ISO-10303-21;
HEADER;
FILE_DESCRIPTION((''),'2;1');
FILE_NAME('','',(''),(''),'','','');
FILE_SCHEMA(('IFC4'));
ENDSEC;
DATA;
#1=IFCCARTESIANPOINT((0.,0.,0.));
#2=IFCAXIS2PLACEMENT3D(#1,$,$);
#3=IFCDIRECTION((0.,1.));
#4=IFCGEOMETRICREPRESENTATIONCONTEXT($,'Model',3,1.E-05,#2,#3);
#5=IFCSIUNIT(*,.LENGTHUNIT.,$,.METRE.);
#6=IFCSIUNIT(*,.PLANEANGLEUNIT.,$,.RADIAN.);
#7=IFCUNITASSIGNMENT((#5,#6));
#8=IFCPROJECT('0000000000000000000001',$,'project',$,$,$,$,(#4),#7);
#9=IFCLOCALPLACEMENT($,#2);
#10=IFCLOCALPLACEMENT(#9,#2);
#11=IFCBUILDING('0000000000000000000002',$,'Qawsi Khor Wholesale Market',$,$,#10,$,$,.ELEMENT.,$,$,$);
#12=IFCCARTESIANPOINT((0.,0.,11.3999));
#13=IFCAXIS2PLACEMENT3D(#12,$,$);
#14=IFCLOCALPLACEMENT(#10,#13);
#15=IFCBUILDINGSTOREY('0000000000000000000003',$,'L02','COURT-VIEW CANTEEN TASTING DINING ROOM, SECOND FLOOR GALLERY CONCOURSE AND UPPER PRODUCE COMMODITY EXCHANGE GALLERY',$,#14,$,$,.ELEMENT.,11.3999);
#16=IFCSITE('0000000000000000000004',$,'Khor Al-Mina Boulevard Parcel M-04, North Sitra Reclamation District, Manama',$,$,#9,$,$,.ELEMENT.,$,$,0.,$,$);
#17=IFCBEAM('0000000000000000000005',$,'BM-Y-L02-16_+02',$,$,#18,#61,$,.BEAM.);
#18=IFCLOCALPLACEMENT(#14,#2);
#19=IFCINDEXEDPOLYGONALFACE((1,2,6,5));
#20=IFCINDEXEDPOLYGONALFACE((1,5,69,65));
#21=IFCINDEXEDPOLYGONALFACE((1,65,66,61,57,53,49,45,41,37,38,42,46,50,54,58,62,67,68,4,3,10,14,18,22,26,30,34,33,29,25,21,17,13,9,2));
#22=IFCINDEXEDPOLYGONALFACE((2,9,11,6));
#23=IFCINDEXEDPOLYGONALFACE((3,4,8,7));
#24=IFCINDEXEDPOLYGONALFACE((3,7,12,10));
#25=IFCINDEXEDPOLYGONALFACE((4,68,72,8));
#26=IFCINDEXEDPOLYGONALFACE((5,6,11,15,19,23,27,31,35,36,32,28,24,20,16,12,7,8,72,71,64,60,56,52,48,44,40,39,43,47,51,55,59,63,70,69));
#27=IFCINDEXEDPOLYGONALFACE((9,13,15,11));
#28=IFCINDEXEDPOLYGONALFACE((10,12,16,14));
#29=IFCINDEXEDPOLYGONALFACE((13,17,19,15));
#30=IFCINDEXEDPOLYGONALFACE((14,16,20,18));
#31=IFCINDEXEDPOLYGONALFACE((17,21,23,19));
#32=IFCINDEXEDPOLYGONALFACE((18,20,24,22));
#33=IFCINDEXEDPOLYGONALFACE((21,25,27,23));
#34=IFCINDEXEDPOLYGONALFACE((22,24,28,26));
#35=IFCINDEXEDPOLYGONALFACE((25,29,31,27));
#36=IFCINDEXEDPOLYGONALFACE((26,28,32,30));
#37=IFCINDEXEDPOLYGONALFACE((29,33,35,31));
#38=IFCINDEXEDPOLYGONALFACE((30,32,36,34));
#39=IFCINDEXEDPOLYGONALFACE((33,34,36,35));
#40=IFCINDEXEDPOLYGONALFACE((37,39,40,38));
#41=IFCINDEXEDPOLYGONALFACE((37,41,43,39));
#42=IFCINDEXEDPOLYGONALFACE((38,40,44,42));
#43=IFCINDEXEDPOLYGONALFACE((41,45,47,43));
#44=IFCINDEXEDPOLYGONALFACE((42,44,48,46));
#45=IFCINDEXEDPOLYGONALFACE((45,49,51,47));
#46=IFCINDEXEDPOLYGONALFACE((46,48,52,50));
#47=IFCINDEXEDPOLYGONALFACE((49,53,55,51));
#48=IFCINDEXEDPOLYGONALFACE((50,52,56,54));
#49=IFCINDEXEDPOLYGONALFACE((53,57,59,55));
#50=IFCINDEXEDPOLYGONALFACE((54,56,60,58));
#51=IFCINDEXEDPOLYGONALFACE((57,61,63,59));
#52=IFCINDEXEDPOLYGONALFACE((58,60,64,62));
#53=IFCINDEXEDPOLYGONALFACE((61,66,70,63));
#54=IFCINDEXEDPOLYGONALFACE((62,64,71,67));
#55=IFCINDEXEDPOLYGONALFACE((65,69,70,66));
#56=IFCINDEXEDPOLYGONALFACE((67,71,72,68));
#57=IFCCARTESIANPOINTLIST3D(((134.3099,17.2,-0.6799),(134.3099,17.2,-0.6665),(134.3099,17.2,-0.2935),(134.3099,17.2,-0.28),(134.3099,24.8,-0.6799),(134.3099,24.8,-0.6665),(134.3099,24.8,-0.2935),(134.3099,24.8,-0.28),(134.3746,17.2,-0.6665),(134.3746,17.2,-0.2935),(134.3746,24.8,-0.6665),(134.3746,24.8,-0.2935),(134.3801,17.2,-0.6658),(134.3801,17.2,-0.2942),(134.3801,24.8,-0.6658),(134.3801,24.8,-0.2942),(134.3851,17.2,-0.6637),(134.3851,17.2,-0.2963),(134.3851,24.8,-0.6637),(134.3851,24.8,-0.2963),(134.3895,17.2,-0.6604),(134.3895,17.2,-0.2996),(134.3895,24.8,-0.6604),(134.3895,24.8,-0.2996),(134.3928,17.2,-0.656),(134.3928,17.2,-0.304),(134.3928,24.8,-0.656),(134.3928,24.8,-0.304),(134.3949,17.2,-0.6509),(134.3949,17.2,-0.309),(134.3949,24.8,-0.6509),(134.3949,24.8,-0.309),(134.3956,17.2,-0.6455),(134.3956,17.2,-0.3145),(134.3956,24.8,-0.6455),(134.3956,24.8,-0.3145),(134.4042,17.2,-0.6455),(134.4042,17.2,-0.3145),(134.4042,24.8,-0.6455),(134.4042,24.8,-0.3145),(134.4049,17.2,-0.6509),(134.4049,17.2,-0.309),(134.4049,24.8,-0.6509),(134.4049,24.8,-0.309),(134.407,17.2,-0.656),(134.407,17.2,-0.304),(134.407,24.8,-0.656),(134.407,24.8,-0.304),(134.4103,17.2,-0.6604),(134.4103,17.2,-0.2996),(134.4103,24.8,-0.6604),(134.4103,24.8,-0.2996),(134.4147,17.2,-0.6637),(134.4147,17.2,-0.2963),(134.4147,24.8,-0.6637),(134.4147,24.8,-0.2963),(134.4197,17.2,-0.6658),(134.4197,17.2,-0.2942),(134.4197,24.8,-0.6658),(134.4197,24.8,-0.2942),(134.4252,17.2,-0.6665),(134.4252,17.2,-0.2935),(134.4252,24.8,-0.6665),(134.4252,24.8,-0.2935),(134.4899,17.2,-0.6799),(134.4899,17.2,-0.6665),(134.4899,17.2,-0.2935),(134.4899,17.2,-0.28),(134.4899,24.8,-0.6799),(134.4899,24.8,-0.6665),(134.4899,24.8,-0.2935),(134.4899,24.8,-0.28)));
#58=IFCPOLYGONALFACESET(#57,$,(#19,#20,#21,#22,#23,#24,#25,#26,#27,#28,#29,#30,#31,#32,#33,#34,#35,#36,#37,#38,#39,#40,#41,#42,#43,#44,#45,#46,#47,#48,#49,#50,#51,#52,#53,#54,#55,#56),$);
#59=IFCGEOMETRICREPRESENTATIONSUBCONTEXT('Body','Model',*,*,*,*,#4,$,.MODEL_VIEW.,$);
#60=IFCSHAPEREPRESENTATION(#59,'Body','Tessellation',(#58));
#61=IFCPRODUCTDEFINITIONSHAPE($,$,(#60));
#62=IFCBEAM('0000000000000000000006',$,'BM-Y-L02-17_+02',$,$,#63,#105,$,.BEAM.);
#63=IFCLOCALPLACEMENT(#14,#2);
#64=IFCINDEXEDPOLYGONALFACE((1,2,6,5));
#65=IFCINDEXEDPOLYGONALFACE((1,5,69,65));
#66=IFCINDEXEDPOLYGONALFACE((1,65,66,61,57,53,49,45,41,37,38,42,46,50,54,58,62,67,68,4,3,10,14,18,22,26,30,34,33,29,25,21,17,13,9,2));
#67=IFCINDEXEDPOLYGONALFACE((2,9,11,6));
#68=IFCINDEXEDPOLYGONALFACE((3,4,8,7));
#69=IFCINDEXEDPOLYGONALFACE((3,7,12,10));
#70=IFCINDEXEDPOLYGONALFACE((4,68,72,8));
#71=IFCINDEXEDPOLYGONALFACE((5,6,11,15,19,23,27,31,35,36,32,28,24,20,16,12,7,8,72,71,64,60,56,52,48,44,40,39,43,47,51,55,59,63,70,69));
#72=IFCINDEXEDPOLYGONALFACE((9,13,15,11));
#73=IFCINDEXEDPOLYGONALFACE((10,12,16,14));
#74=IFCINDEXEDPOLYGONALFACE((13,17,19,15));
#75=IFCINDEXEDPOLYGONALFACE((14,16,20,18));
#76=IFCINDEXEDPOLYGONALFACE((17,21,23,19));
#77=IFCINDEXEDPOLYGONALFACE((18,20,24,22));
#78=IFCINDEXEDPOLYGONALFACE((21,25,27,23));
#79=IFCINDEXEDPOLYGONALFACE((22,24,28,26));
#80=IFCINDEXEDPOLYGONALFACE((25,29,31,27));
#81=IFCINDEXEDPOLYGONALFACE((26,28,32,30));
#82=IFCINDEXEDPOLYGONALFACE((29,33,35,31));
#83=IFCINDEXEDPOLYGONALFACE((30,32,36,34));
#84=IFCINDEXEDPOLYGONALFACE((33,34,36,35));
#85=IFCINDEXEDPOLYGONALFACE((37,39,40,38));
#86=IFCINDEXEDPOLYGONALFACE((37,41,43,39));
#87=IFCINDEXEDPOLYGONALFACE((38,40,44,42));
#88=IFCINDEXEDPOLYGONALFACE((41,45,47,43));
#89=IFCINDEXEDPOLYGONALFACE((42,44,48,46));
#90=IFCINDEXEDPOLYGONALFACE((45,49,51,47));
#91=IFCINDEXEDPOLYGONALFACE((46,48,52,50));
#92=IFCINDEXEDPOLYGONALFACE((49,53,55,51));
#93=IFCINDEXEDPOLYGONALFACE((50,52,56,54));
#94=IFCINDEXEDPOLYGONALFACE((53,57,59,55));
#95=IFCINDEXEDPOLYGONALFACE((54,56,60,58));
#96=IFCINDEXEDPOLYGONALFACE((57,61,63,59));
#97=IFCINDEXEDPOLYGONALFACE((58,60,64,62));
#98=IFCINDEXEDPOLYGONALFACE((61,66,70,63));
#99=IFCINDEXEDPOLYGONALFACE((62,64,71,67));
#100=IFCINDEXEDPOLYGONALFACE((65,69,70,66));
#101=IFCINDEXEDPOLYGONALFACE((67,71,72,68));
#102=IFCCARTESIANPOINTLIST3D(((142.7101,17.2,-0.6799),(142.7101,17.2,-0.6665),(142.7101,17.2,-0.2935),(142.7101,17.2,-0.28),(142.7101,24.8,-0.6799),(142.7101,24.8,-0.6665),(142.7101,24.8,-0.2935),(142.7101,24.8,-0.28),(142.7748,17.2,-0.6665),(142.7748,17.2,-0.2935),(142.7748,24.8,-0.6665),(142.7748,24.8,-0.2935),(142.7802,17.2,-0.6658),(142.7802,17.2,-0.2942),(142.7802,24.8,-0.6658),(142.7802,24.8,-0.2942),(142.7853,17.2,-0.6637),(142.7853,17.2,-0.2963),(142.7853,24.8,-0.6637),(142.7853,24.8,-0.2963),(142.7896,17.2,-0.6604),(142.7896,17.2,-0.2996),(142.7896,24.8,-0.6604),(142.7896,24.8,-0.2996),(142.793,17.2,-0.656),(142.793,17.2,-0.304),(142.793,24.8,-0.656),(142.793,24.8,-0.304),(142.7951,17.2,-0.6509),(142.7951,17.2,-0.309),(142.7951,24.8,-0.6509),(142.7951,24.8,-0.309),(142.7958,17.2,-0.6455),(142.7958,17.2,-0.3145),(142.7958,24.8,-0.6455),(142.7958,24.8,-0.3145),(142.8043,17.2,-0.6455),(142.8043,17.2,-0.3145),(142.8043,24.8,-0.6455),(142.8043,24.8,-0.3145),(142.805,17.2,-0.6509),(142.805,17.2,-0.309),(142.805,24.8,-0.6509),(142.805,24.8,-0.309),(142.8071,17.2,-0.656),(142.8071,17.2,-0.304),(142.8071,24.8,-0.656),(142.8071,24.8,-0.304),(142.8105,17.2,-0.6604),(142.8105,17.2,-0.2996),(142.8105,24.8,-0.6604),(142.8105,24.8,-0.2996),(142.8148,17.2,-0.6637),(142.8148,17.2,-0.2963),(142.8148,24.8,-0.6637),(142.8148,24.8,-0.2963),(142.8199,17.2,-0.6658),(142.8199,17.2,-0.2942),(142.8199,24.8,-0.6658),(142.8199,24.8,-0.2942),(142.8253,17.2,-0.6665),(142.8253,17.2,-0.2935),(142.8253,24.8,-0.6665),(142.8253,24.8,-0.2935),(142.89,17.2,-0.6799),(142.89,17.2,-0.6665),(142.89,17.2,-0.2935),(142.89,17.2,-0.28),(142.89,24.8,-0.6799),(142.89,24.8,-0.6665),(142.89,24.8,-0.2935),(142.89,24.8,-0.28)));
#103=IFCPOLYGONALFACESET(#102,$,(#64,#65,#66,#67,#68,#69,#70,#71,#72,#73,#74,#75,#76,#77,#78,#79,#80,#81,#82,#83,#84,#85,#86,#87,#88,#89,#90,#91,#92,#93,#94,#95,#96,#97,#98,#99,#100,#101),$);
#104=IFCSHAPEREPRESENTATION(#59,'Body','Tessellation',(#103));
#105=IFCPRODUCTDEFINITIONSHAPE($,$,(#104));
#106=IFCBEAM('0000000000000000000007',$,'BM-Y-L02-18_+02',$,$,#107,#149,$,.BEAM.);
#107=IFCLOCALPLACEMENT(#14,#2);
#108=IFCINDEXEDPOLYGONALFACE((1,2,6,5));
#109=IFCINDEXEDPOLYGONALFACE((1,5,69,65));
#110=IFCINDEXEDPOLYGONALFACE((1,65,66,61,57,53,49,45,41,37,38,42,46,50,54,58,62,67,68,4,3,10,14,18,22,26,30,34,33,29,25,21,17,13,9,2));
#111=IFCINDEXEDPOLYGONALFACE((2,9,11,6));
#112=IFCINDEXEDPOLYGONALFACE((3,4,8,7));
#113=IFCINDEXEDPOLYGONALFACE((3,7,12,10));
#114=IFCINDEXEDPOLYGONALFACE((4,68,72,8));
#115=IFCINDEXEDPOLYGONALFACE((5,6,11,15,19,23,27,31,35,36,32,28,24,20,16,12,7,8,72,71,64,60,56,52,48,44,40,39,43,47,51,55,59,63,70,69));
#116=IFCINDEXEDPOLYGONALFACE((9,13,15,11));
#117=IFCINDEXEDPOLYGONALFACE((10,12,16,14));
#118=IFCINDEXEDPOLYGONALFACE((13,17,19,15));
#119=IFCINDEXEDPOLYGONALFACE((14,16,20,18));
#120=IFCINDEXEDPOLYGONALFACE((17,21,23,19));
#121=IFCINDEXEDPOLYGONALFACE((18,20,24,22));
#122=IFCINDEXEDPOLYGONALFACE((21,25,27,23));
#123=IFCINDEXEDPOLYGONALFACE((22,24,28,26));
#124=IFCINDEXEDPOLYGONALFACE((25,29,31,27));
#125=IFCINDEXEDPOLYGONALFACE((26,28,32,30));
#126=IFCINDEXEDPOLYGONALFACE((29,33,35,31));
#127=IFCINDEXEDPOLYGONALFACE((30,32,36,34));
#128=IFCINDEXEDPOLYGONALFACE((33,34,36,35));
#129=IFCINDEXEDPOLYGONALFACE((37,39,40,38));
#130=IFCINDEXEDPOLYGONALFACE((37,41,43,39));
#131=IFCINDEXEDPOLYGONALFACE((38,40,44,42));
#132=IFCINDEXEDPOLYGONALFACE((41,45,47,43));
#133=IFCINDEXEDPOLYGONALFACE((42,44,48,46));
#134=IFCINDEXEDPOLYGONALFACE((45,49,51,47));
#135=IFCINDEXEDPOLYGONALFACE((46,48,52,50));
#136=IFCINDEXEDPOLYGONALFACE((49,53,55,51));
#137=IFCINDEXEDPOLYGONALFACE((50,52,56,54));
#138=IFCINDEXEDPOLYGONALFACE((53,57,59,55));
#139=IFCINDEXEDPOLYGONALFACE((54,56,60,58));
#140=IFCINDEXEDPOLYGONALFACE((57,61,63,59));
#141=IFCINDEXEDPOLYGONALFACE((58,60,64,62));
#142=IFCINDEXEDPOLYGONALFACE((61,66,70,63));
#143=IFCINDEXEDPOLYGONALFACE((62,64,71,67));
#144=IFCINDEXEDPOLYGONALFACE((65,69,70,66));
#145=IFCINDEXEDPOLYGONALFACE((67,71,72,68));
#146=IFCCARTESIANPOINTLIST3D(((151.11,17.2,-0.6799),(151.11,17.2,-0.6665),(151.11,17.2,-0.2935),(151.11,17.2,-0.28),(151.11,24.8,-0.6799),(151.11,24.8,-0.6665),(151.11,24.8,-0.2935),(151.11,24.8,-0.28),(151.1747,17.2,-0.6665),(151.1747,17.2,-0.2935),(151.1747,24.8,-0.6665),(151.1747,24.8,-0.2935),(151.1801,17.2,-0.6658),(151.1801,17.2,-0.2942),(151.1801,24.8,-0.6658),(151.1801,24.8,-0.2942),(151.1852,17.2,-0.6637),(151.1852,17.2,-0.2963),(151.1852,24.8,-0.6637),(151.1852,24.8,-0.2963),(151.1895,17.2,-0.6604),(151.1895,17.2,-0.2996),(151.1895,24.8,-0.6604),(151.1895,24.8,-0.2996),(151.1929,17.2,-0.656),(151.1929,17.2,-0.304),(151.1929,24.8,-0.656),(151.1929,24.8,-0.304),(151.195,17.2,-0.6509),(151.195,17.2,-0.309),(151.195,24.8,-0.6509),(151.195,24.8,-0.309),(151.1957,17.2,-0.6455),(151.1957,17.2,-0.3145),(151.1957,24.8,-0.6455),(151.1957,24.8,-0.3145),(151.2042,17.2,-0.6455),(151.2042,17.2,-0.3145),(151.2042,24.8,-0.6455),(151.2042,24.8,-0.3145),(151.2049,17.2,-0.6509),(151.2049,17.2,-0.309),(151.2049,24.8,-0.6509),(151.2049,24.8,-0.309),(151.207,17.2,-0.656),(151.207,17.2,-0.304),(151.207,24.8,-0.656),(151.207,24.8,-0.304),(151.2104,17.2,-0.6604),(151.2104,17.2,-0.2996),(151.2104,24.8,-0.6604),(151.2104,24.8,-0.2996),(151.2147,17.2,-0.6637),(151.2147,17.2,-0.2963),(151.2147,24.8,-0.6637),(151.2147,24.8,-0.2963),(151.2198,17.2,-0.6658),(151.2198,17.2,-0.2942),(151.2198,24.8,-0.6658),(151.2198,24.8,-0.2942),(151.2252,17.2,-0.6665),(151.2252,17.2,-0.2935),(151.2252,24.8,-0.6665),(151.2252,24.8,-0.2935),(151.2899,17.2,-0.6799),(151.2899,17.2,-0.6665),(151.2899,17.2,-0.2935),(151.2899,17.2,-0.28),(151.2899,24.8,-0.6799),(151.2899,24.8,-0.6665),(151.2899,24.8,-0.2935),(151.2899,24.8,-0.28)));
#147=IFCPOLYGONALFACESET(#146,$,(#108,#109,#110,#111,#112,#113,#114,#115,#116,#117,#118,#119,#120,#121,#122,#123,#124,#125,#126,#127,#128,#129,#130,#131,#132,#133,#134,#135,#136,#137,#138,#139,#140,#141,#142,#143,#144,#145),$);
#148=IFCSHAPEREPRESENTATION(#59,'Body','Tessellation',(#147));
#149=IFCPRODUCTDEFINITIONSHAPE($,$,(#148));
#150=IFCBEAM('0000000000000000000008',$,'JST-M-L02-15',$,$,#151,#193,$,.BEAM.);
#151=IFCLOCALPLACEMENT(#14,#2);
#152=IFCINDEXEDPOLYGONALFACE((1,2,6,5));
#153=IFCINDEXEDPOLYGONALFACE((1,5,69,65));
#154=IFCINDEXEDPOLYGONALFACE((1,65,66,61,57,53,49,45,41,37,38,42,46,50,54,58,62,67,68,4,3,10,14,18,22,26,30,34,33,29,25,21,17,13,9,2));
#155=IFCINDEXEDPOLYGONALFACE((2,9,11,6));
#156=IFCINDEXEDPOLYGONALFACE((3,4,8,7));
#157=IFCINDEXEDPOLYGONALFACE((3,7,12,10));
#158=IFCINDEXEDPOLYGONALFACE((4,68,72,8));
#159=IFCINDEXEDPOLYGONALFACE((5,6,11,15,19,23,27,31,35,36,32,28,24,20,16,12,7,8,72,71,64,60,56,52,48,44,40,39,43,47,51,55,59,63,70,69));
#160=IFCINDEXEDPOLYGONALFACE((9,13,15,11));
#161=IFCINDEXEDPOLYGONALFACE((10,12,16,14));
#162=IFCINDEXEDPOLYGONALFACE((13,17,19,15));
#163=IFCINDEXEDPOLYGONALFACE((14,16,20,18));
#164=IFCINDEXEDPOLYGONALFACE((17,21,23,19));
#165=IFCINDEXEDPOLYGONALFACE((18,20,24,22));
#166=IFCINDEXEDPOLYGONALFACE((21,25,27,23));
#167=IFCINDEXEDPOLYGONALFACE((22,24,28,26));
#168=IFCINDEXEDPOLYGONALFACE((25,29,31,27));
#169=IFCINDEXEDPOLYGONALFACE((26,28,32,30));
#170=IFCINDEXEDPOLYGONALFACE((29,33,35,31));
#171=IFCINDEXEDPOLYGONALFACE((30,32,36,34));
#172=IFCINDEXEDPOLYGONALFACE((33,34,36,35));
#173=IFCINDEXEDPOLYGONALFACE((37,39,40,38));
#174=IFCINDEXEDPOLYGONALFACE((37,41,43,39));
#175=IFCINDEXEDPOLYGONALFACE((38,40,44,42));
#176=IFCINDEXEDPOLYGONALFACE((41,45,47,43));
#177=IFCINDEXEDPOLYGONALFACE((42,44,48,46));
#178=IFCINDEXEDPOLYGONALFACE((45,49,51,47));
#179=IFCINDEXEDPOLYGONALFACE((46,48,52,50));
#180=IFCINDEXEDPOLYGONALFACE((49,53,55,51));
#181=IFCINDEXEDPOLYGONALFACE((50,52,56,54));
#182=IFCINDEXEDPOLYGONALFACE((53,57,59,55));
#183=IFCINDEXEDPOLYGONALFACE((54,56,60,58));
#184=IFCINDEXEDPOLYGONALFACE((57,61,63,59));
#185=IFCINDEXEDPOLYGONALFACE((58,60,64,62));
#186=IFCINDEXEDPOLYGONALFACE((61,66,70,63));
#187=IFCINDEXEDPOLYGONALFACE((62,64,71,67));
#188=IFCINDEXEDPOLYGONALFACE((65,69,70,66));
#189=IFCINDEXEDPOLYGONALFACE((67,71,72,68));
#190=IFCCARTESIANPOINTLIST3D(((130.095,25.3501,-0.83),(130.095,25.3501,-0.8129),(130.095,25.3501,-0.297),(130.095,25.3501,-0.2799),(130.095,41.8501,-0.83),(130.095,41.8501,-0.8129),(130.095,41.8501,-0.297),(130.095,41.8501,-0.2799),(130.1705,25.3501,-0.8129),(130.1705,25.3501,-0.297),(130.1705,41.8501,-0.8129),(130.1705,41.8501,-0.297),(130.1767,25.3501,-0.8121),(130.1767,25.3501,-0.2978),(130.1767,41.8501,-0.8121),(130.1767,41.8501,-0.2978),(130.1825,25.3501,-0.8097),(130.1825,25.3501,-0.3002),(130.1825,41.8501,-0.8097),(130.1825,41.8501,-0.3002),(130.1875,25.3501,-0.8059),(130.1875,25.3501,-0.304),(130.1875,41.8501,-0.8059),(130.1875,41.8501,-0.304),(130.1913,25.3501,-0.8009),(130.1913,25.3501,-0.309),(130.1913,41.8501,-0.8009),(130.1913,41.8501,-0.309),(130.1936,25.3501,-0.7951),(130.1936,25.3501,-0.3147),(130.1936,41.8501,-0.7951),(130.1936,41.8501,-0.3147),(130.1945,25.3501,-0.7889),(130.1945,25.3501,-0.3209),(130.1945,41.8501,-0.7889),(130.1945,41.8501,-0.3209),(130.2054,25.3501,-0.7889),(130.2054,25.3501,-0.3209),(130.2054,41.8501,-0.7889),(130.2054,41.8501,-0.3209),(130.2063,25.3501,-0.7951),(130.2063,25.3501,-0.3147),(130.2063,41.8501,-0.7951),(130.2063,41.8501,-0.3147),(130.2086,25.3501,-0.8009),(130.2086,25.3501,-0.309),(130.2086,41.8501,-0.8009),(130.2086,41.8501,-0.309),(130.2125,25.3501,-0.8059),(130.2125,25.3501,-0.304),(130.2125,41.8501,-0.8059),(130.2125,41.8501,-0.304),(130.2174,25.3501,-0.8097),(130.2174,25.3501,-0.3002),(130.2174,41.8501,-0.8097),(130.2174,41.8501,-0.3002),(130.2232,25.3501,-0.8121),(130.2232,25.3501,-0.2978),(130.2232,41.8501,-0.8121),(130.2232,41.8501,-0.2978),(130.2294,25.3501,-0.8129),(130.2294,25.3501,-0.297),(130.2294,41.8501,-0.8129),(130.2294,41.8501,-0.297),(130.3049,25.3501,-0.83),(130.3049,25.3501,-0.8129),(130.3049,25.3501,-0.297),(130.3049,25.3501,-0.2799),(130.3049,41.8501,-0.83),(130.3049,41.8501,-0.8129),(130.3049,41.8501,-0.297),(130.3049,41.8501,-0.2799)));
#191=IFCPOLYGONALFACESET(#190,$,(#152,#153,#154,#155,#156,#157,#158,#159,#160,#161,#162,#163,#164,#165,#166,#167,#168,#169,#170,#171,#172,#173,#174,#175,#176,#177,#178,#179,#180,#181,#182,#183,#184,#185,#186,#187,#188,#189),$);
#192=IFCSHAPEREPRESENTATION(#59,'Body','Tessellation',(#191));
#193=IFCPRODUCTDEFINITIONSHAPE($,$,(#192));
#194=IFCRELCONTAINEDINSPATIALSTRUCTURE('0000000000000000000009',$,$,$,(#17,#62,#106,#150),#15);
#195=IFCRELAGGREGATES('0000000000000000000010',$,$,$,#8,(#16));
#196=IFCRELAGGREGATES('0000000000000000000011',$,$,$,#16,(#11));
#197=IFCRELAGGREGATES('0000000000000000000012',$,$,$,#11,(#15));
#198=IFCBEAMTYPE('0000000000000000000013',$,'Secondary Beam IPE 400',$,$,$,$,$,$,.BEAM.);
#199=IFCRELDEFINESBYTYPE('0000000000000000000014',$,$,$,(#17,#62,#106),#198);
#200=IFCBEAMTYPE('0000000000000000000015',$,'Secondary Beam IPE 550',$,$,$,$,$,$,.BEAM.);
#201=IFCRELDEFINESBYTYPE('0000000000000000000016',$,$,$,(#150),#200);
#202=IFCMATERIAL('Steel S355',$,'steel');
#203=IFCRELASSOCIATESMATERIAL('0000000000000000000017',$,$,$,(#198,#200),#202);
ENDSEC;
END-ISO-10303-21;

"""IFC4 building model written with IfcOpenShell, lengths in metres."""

from ifc_helpers import new_model, si_unit, direction, frame, origin, origin_2d, place, context, subcontext, project, spatial, i_section, extrude, material, material_profile, profile_set, type_object, element, save


model = new_model("IFC4")

# Units and contexts
model_context = context("Model", 3, precision=1e-05, world=origin(), true_north=direction((0.0, 1.0)))
body_context = subcontext(model_context, "Body", "Model", "MODEL_VIEW")
ifc_project = project(units=[si_unit("LENGTHUNIT", "METRE"), si_unit("PLANEANGLEUNIT", "RADIAN")], contexts=[model_context])

# Site, building, storey
site_placement = place(None, origin())
site = spatial("IfcSite", under=ifc_project, at=site_placement, Name="Khor Al-Mina Boulevard Parcel M-04, North Sitra Reclamation District, Manama", CompositionType="ELEMENT", RefElevation=0.0)
building_placement = place(site_placement, origin())
building = spatial("IfcBuilding", under=site, at=building_placement, Name="Qawsi Khor Wholesale Market", CompositionType="ELEMENT")
storey_placement = place(building_placement, frame((0.0, 0.0, 11.3999)))
storey = spatial("IfcBuildingStorey", under=building, at=storey_placement, Name="L02", Description="COURT-VIEW CANTEEN TASTING DINING ROOM, SECOND FLOOR GALLERY CONCOURSE AND UPPER PRODUCE COMMODITY EXCHANGE GALLERY", CompositionType="ELEMENT", Elevation=11.3999)

# Beams
ifc_material_1 = material(Name="Steel S355", Category="steel")
ifc_material_profile_1 = material_profile(ifc_material_1, i_section(OverallWidth=0.1799, OverallDepth=0.3999, WebThickness=0.0085, FlangeThickness=0.0134, FilletRadius=0.021, at=origin_2d()), Name="IPE 400")
ifc_profile_set_1 = profile_set([ifc_material_profile_1], Name="Steel S355")
beam_type_1 = type_object("IfcBeamType", Name="Secondary Beam IPE 400", PredefinedType="BEAM", material=ifc_profile_set_1)
for number, where, z_axis, x_axis, name in (
    (1, (134.3999, 17.2, -0.48), (0.0, 1.0, 0.0), (-1.0, 0.0, 0.0), "BM-Y-L02-16_+02"),
    (2, (142.8, 17.2, -0.48), (0.0, 1.0, 0.0), (-1.0, 0.0, 0.0), "BM-Y-L02-17_+02"),
    (3, (151.2, 17.2, -0.48), (0.0, 1.0, 0.0), (-1.0, 0.0, 0.0), "BM-Y-L02-18_+02"),
):
    element("IfcBeam", number, at=place(storey_placement, frame(where, z_axis=z_axis, x_axis=x_axis)), inside=storey, type_object=beam_type_1, Name=name, PredefinedType="BEAM", context=body_context, shape_type="SweptSolid", body=[
        extrude(i_section(OverallWidth=0.1799, OverallDepth=0.3999, WebThickness=0.0085, FlangeThickness=0.0134, FilletRadius=0.021, at=origin_2d()), origin(), (0.0, 0.0, 1.0), 7.6001),
    ])
ifc_material_profile_2 = material_profile(ifc_material_1, i_section(OverallWidth=0.21, OverallDepth=0.55, WebThickness=0.011, FlangeThickness=0.0171, FilletRadius=0.0239, at=origin_2d()), Name="IPE 550")
ifc_profile_set_2 = profile_set([ifc_material_profile_2], Name="Steel S355")
beam_type_2 = type_object("IfcBeamType", Name="Secondary Beam IPE 550", PredefinedType="BEAM", material=ifc_profile_set_2)
for number, where, z_axis, x_axis, name in (
    (4, (130.2, 25.3501, -0.5549), (0.0, 1.0, 0.0), (-1.0, 0.0, 0.0), "JST-M-L02-15"),
):
    element("IfcBeam", number, at=place(storey_placement, frame(where, z_axis=z_axis, x_axis=x_axis)), inside=storey, type_object=beam_type_2, Name=name, PredefinedType="BEAM", context=body_context, shape_type="SweptSolid", body=[
        extrude(i_section(OverallWidth=0.21, OverallDepth=0.55, WebThickness=0.011, FlangeThickness=0.0171, FilletRadius=0.0239, at=origin_2d()), origin(), (0.0, 0.0, 1.0), 16.5),
    ])

save(model, "model.ifc")
